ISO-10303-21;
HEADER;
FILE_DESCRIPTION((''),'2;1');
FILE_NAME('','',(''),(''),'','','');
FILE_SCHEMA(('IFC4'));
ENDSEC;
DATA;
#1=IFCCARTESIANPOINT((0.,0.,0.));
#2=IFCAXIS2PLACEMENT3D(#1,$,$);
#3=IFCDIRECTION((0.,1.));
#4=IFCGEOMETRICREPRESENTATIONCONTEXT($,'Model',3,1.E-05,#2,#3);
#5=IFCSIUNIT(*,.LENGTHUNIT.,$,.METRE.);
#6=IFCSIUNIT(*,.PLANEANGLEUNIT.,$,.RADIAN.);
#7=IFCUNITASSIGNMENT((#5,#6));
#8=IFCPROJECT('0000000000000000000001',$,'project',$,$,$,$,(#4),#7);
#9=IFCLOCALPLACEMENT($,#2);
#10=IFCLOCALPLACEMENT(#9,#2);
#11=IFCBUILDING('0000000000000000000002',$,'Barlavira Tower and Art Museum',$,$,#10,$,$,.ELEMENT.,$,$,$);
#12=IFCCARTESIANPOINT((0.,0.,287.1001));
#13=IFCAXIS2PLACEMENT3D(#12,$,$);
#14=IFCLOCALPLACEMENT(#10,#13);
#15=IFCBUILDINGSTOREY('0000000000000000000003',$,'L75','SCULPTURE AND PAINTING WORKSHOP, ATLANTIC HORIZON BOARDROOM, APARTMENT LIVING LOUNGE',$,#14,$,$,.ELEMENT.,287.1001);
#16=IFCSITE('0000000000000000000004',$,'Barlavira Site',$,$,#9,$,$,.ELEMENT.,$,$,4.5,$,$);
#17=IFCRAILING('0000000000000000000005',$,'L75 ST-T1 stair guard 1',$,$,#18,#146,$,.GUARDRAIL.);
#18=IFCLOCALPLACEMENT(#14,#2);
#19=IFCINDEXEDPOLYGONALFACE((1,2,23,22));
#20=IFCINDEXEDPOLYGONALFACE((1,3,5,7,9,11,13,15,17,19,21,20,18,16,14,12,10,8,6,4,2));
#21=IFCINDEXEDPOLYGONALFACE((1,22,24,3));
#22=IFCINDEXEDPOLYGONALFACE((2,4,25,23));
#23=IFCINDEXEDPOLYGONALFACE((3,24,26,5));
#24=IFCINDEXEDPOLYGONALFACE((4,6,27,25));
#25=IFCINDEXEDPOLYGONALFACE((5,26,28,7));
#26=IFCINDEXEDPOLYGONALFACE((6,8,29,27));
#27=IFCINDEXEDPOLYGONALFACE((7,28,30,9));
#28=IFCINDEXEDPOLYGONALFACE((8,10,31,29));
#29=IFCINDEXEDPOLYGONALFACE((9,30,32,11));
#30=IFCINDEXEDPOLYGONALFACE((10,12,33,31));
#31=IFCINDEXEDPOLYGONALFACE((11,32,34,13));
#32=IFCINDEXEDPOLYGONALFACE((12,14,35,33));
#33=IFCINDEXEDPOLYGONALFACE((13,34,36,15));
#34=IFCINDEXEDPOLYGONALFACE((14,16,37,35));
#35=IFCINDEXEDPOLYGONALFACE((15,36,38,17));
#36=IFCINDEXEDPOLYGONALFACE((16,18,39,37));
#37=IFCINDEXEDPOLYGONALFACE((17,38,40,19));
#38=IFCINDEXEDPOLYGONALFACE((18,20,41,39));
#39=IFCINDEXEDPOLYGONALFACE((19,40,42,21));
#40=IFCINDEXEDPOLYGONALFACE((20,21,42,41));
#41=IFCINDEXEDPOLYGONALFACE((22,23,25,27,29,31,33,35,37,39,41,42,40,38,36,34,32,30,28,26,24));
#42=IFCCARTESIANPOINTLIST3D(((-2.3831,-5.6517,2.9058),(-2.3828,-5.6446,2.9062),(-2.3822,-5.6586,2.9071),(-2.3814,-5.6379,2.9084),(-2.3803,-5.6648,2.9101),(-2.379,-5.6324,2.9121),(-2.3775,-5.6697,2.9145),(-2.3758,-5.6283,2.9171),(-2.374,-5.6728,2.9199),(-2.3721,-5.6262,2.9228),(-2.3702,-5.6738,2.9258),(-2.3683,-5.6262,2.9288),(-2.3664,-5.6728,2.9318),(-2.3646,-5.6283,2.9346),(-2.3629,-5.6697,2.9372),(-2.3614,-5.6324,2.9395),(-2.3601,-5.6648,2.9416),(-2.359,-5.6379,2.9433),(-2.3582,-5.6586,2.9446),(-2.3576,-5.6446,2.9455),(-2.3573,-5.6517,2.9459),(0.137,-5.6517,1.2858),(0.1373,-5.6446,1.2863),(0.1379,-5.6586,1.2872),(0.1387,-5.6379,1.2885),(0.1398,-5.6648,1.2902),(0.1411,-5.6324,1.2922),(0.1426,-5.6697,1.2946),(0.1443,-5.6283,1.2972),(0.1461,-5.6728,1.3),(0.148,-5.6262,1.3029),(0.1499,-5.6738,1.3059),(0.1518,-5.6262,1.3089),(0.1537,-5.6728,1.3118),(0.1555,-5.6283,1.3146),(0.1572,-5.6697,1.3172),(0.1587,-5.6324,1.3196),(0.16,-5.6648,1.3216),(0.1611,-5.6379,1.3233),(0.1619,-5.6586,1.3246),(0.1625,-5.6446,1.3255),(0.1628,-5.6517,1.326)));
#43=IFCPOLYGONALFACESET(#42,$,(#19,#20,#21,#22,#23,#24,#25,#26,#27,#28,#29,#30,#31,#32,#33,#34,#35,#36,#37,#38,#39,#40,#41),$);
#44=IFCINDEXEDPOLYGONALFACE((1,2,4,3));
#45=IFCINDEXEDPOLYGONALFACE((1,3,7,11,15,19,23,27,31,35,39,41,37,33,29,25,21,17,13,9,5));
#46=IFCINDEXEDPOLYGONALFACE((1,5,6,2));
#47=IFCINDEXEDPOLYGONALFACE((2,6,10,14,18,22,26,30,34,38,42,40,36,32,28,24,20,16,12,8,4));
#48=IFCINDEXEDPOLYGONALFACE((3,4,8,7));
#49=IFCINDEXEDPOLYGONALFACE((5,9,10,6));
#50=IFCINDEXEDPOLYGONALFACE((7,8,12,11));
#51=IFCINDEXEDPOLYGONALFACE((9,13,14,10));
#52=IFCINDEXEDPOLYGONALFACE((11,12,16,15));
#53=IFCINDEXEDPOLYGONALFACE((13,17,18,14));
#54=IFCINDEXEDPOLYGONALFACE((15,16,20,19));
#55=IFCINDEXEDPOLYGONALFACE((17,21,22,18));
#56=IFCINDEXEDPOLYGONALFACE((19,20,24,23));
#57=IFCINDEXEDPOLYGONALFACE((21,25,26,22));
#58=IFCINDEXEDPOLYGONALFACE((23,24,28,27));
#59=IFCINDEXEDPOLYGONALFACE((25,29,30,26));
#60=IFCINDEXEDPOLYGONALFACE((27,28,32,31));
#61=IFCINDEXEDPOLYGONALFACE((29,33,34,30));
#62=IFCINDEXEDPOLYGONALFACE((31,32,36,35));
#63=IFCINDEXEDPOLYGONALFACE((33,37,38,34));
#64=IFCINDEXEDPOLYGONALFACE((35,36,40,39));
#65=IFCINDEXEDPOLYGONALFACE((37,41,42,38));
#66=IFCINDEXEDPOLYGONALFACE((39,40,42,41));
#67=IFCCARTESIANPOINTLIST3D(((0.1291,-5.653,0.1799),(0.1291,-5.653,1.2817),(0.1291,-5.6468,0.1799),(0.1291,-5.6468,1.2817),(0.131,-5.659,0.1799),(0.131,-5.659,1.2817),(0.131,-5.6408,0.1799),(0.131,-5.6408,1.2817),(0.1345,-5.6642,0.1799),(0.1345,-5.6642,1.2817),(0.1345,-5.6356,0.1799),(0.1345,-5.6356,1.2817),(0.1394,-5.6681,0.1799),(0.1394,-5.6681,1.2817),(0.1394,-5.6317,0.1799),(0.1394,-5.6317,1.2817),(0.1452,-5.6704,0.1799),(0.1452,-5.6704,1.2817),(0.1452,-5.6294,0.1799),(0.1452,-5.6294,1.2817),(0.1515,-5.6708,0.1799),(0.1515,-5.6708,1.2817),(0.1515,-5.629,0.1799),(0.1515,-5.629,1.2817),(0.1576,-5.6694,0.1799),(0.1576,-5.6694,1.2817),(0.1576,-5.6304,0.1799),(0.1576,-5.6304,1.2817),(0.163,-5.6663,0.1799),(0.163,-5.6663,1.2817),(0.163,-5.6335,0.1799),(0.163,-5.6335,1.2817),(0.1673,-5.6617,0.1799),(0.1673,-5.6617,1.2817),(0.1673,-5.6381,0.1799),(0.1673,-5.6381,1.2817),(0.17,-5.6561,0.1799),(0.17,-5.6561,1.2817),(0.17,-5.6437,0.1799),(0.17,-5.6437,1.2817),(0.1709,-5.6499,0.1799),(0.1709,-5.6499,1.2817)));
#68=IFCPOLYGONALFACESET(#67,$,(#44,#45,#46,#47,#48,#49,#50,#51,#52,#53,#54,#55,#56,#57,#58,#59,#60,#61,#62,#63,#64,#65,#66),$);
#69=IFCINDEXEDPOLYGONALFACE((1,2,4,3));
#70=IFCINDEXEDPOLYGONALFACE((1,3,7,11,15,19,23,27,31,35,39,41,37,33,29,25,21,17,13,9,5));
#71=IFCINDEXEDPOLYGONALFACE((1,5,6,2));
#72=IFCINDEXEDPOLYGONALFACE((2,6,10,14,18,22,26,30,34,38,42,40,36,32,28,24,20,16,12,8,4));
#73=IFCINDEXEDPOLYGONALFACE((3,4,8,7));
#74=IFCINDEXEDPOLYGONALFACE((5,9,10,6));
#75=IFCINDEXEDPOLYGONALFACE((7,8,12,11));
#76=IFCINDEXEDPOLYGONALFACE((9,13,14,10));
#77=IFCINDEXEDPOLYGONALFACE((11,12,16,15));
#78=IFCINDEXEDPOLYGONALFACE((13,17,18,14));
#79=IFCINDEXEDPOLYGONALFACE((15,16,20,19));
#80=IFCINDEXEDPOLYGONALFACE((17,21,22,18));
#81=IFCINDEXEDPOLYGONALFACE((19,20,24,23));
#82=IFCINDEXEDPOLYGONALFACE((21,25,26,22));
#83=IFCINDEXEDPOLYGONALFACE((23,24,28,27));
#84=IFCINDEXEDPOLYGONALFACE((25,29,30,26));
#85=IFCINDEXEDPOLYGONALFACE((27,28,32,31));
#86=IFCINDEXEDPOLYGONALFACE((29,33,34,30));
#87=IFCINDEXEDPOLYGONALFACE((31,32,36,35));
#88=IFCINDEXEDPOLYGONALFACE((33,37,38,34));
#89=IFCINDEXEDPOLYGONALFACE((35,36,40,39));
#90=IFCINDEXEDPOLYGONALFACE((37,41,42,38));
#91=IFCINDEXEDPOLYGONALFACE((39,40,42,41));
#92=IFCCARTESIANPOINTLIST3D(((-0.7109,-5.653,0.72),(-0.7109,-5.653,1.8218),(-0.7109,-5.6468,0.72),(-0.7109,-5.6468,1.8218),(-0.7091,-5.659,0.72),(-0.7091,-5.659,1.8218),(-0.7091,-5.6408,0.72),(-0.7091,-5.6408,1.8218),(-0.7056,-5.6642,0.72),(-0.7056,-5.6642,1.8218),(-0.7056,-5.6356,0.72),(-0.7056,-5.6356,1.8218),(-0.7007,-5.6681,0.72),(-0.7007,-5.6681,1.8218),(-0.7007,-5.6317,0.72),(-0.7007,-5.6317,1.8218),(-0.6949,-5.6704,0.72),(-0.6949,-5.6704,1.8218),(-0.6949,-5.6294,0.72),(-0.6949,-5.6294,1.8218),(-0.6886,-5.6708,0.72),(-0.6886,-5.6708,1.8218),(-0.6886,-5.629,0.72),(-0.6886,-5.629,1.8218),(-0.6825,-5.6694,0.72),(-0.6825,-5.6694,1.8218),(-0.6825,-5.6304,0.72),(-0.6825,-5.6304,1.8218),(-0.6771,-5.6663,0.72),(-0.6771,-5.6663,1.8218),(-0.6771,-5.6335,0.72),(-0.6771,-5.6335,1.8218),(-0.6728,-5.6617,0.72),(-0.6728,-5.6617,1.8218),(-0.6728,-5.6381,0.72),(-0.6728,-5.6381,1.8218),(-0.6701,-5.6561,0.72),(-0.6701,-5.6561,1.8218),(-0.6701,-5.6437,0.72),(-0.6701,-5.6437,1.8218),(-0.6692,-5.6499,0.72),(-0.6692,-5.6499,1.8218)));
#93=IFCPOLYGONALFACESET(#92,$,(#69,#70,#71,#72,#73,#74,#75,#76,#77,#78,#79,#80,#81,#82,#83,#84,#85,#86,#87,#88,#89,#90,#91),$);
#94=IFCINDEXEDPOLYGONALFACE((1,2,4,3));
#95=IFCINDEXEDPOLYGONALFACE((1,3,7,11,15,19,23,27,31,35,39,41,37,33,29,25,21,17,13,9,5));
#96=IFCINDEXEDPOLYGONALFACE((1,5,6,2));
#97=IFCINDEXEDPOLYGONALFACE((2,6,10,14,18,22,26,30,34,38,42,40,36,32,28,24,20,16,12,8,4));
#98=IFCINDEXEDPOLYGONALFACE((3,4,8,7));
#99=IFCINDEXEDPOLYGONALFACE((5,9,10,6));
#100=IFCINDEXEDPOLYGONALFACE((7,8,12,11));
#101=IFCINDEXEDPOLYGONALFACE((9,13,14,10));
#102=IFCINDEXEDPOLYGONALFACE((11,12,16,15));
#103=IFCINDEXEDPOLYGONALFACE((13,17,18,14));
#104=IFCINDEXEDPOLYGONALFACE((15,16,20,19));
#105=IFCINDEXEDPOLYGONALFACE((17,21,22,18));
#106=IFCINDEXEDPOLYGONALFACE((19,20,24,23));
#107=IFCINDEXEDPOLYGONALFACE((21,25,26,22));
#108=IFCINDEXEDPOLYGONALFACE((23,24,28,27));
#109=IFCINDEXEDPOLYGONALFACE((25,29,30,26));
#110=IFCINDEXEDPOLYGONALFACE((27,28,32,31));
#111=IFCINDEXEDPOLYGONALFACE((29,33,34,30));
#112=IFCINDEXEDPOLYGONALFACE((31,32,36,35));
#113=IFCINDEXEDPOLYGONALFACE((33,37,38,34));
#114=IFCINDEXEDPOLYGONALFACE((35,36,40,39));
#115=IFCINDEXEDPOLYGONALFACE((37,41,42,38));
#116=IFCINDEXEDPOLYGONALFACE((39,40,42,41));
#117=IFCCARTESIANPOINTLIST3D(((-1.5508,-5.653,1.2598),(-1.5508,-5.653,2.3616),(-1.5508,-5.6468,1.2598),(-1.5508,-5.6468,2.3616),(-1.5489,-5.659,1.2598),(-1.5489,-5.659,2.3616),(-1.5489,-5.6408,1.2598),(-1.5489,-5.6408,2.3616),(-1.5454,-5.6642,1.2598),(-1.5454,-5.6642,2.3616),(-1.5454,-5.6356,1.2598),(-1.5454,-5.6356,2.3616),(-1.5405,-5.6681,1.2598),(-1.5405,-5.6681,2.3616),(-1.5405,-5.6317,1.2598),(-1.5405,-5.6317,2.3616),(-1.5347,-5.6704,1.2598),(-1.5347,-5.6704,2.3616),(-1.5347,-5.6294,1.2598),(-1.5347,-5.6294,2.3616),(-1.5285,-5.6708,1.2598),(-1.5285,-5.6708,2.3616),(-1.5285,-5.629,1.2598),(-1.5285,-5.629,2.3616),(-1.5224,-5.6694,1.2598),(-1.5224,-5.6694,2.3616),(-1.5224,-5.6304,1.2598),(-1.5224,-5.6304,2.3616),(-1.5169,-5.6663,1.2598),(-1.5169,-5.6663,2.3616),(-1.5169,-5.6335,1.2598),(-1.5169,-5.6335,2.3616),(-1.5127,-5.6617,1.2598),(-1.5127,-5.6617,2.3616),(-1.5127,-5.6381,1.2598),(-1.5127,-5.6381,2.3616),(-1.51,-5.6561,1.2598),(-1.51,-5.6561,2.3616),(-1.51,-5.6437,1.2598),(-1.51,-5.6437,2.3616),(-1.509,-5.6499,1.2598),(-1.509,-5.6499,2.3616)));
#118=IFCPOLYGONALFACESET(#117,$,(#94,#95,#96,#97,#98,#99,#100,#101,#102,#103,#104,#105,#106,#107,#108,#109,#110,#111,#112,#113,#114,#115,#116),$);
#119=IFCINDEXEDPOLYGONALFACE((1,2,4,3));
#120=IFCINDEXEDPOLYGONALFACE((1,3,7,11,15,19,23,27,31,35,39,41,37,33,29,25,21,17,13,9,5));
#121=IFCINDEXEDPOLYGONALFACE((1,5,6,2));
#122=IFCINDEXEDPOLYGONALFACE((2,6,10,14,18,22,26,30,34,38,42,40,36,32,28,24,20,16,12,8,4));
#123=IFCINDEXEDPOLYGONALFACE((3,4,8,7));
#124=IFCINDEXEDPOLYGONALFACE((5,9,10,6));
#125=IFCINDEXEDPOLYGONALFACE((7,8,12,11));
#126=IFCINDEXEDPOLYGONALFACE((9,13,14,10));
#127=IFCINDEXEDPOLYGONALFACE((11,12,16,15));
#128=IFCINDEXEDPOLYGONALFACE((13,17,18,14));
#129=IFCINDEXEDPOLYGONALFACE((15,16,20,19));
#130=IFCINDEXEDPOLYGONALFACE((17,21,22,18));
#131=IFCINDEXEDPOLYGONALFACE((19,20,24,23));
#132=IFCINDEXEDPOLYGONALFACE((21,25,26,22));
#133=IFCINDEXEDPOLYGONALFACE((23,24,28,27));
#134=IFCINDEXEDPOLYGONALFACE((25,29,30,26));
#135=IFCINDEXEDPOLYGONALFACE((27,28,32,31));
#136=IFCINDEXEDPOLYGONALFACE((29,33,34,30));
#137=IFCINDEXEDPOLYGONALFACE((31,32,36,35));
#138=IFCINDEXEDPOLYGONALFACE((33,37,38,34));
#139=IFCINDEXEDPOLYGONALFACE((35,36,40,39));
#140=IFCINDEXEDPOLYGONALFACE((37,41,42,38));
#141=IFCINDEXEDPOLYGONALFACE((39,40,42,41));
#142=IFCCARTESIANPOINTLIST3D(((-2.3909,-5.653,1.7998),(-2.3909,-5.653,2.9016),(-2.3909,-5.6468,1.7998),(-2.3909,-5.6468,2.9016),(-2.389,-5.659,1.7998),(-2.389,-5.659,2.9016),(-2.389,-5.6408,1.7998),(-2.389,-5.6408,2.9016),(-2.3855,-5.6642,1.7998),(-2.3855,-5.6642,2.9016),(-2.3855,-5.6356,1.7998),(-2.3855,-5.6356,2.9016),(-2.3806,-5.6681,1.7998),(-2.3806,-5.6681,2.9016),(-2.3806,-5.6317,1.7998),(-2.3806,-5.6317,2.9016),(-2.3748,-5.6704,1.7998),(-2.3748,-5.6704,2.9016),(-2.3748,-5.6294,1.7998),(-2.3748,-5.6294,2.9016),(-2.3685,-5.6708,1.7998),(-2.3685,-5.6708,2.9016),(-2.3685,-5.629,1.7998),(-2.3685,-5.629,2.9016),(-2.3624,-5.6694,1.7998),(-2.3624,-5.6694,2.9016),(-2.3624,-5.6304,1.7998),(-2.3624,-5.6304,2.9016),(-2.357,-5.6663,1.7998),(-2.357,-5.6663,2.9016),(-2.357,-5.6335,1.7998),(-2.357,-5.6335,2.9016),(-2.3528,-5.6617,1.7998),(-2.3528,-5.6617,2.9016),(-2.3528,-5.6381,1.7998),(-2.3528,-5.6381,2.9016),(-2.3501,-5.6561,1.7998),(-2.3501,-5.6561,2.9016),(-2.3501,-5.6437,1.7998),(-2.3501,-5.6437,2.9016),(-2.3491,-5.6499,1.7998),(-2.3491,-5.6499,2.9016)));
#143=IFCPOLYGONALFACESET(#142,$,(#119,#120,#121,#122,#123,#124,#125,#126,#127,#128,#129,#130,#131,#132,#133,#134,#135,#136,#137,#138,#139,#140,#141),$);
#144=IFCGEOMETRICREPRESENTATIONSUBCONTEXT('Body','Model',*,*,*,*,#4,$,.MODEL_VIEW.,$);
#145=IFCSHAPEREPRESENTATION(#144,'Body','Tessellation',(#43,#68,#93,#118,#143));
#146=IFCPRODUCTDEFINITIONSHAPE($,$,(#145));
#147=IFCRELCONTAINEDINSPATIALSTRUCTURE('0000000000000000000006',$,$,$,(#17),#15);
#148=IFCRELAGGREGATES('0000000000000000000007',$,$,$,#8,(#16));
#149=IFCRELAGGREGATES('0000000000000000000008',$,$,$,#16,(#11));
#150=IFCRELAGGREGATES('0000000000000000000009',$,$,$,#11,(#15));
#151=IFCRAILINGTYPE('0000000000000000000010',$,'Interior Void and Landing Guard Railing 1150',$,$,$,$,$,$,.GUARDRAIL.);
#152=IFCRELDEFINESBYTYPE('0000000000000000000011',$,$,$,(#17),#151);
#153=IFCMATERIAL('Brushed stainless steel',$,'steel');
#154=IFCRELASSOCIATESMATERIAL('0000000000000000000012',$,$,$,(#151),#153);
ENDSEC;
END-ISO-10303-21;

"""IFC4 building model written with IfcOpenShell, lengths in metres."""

from ifc_helpers import new_model, si_unit, direction, frame, origin, origin_2d, place, context, subcontext, project, spatial, circle, extrude, material, type_object, element, save


model = new_model("IFC4")

# Units and contexts
model_context = context("Model", 3, precision=1e-05, world=origin(), true_north=direction((0.0, 1.0)))
body_context = subcontext(model_context, "Body", "Model", "MODEL_VIEW")
ifc_project = project(units=[si_unit("LENGTHUNIT", "METRE"), si_unit("PLANEANGLEUNIT", "RADIAN")], contexts=[model_context])

# Site, building, storey
site_placement = place(None, origin())
site = spatial("IfcSite", under=ifc_project, at=site_placement, Name="Barlavira Site", CompositionType="ELEMENT", RefElevation=4.5)
building_placement = place(site_placement, origin())
building = spatial("IfcBuilding", under=site, at=building_placement, Name="Barlavira Tower and Art Museum", CompositionType="ELEMENT")
storey_placement = place(building_placement, frame((0.0, 0.0, 287.1001)))
storey = spatial("IfcBuildingStorey", under=building, at=storey_placement, Name="L75", Description="SCULPTURE AND PAINTING WORKSHOP, ATLANTIC HORIZON BOARDROOM, APARTMENT LIVING LOUNGE", CompositionType="ELEMENT", Elevation=287.1001)

# Shared definitions
ifc_material_1 = material(Name="Brushed stainless steel", Category="steel")

# Railing
railing_type_1 = type_object("IfcRailingType", Name="Interior Void and Landing Guard Railing 1150", PredefinedType="GUARDRAIL", material=ifc_material_1)
railing_1_placement = place(storey_placement, frame((0.1499, -5.6499, 0.1799)))
element("IfcRailing", 1, at=railing_1_placement, inside=storey, type_object=railing_type_1, Name="L75 ST-T1 stair guard 1", PredefinedType="GUARDRAIL", context=body_context, shape_type="SweptSolid", body=[
    extrude(circle(Radius=0.0239, at=origin_2d()), frame((0.0, 0.0, 1.126), z_axis=(-0.8412, 0.0, 0.540725), x_axis=(0.0, -1.0, 0.0)), (0.0, 0.0, 1.0), 2.9958),
    extrude(circle(Radius=0.021, at=origin_2d()), origin(), (0.0, 0.0, 1.0), 1.1018),
    extrude(circle(Radius=0.021, at=origin_2d()), frame((-0.8401, 0.0, 0.54)), (0.0, 0.0, 1.0), 1.1018),
    extrude(circle(Radius=0.021, at=origin_2d()), frame((-1.6799, 0.0, 1.0798)), (0.0, 0.0, 1.0), 1.1018),
    extrude(circle(Radius=0.021, at=origin_2d()), frame((-2.52, 0.0, 1.6199)), (0.0, 0.0, 1.0), 1.1018),
])

save(model, "model.ifc")
